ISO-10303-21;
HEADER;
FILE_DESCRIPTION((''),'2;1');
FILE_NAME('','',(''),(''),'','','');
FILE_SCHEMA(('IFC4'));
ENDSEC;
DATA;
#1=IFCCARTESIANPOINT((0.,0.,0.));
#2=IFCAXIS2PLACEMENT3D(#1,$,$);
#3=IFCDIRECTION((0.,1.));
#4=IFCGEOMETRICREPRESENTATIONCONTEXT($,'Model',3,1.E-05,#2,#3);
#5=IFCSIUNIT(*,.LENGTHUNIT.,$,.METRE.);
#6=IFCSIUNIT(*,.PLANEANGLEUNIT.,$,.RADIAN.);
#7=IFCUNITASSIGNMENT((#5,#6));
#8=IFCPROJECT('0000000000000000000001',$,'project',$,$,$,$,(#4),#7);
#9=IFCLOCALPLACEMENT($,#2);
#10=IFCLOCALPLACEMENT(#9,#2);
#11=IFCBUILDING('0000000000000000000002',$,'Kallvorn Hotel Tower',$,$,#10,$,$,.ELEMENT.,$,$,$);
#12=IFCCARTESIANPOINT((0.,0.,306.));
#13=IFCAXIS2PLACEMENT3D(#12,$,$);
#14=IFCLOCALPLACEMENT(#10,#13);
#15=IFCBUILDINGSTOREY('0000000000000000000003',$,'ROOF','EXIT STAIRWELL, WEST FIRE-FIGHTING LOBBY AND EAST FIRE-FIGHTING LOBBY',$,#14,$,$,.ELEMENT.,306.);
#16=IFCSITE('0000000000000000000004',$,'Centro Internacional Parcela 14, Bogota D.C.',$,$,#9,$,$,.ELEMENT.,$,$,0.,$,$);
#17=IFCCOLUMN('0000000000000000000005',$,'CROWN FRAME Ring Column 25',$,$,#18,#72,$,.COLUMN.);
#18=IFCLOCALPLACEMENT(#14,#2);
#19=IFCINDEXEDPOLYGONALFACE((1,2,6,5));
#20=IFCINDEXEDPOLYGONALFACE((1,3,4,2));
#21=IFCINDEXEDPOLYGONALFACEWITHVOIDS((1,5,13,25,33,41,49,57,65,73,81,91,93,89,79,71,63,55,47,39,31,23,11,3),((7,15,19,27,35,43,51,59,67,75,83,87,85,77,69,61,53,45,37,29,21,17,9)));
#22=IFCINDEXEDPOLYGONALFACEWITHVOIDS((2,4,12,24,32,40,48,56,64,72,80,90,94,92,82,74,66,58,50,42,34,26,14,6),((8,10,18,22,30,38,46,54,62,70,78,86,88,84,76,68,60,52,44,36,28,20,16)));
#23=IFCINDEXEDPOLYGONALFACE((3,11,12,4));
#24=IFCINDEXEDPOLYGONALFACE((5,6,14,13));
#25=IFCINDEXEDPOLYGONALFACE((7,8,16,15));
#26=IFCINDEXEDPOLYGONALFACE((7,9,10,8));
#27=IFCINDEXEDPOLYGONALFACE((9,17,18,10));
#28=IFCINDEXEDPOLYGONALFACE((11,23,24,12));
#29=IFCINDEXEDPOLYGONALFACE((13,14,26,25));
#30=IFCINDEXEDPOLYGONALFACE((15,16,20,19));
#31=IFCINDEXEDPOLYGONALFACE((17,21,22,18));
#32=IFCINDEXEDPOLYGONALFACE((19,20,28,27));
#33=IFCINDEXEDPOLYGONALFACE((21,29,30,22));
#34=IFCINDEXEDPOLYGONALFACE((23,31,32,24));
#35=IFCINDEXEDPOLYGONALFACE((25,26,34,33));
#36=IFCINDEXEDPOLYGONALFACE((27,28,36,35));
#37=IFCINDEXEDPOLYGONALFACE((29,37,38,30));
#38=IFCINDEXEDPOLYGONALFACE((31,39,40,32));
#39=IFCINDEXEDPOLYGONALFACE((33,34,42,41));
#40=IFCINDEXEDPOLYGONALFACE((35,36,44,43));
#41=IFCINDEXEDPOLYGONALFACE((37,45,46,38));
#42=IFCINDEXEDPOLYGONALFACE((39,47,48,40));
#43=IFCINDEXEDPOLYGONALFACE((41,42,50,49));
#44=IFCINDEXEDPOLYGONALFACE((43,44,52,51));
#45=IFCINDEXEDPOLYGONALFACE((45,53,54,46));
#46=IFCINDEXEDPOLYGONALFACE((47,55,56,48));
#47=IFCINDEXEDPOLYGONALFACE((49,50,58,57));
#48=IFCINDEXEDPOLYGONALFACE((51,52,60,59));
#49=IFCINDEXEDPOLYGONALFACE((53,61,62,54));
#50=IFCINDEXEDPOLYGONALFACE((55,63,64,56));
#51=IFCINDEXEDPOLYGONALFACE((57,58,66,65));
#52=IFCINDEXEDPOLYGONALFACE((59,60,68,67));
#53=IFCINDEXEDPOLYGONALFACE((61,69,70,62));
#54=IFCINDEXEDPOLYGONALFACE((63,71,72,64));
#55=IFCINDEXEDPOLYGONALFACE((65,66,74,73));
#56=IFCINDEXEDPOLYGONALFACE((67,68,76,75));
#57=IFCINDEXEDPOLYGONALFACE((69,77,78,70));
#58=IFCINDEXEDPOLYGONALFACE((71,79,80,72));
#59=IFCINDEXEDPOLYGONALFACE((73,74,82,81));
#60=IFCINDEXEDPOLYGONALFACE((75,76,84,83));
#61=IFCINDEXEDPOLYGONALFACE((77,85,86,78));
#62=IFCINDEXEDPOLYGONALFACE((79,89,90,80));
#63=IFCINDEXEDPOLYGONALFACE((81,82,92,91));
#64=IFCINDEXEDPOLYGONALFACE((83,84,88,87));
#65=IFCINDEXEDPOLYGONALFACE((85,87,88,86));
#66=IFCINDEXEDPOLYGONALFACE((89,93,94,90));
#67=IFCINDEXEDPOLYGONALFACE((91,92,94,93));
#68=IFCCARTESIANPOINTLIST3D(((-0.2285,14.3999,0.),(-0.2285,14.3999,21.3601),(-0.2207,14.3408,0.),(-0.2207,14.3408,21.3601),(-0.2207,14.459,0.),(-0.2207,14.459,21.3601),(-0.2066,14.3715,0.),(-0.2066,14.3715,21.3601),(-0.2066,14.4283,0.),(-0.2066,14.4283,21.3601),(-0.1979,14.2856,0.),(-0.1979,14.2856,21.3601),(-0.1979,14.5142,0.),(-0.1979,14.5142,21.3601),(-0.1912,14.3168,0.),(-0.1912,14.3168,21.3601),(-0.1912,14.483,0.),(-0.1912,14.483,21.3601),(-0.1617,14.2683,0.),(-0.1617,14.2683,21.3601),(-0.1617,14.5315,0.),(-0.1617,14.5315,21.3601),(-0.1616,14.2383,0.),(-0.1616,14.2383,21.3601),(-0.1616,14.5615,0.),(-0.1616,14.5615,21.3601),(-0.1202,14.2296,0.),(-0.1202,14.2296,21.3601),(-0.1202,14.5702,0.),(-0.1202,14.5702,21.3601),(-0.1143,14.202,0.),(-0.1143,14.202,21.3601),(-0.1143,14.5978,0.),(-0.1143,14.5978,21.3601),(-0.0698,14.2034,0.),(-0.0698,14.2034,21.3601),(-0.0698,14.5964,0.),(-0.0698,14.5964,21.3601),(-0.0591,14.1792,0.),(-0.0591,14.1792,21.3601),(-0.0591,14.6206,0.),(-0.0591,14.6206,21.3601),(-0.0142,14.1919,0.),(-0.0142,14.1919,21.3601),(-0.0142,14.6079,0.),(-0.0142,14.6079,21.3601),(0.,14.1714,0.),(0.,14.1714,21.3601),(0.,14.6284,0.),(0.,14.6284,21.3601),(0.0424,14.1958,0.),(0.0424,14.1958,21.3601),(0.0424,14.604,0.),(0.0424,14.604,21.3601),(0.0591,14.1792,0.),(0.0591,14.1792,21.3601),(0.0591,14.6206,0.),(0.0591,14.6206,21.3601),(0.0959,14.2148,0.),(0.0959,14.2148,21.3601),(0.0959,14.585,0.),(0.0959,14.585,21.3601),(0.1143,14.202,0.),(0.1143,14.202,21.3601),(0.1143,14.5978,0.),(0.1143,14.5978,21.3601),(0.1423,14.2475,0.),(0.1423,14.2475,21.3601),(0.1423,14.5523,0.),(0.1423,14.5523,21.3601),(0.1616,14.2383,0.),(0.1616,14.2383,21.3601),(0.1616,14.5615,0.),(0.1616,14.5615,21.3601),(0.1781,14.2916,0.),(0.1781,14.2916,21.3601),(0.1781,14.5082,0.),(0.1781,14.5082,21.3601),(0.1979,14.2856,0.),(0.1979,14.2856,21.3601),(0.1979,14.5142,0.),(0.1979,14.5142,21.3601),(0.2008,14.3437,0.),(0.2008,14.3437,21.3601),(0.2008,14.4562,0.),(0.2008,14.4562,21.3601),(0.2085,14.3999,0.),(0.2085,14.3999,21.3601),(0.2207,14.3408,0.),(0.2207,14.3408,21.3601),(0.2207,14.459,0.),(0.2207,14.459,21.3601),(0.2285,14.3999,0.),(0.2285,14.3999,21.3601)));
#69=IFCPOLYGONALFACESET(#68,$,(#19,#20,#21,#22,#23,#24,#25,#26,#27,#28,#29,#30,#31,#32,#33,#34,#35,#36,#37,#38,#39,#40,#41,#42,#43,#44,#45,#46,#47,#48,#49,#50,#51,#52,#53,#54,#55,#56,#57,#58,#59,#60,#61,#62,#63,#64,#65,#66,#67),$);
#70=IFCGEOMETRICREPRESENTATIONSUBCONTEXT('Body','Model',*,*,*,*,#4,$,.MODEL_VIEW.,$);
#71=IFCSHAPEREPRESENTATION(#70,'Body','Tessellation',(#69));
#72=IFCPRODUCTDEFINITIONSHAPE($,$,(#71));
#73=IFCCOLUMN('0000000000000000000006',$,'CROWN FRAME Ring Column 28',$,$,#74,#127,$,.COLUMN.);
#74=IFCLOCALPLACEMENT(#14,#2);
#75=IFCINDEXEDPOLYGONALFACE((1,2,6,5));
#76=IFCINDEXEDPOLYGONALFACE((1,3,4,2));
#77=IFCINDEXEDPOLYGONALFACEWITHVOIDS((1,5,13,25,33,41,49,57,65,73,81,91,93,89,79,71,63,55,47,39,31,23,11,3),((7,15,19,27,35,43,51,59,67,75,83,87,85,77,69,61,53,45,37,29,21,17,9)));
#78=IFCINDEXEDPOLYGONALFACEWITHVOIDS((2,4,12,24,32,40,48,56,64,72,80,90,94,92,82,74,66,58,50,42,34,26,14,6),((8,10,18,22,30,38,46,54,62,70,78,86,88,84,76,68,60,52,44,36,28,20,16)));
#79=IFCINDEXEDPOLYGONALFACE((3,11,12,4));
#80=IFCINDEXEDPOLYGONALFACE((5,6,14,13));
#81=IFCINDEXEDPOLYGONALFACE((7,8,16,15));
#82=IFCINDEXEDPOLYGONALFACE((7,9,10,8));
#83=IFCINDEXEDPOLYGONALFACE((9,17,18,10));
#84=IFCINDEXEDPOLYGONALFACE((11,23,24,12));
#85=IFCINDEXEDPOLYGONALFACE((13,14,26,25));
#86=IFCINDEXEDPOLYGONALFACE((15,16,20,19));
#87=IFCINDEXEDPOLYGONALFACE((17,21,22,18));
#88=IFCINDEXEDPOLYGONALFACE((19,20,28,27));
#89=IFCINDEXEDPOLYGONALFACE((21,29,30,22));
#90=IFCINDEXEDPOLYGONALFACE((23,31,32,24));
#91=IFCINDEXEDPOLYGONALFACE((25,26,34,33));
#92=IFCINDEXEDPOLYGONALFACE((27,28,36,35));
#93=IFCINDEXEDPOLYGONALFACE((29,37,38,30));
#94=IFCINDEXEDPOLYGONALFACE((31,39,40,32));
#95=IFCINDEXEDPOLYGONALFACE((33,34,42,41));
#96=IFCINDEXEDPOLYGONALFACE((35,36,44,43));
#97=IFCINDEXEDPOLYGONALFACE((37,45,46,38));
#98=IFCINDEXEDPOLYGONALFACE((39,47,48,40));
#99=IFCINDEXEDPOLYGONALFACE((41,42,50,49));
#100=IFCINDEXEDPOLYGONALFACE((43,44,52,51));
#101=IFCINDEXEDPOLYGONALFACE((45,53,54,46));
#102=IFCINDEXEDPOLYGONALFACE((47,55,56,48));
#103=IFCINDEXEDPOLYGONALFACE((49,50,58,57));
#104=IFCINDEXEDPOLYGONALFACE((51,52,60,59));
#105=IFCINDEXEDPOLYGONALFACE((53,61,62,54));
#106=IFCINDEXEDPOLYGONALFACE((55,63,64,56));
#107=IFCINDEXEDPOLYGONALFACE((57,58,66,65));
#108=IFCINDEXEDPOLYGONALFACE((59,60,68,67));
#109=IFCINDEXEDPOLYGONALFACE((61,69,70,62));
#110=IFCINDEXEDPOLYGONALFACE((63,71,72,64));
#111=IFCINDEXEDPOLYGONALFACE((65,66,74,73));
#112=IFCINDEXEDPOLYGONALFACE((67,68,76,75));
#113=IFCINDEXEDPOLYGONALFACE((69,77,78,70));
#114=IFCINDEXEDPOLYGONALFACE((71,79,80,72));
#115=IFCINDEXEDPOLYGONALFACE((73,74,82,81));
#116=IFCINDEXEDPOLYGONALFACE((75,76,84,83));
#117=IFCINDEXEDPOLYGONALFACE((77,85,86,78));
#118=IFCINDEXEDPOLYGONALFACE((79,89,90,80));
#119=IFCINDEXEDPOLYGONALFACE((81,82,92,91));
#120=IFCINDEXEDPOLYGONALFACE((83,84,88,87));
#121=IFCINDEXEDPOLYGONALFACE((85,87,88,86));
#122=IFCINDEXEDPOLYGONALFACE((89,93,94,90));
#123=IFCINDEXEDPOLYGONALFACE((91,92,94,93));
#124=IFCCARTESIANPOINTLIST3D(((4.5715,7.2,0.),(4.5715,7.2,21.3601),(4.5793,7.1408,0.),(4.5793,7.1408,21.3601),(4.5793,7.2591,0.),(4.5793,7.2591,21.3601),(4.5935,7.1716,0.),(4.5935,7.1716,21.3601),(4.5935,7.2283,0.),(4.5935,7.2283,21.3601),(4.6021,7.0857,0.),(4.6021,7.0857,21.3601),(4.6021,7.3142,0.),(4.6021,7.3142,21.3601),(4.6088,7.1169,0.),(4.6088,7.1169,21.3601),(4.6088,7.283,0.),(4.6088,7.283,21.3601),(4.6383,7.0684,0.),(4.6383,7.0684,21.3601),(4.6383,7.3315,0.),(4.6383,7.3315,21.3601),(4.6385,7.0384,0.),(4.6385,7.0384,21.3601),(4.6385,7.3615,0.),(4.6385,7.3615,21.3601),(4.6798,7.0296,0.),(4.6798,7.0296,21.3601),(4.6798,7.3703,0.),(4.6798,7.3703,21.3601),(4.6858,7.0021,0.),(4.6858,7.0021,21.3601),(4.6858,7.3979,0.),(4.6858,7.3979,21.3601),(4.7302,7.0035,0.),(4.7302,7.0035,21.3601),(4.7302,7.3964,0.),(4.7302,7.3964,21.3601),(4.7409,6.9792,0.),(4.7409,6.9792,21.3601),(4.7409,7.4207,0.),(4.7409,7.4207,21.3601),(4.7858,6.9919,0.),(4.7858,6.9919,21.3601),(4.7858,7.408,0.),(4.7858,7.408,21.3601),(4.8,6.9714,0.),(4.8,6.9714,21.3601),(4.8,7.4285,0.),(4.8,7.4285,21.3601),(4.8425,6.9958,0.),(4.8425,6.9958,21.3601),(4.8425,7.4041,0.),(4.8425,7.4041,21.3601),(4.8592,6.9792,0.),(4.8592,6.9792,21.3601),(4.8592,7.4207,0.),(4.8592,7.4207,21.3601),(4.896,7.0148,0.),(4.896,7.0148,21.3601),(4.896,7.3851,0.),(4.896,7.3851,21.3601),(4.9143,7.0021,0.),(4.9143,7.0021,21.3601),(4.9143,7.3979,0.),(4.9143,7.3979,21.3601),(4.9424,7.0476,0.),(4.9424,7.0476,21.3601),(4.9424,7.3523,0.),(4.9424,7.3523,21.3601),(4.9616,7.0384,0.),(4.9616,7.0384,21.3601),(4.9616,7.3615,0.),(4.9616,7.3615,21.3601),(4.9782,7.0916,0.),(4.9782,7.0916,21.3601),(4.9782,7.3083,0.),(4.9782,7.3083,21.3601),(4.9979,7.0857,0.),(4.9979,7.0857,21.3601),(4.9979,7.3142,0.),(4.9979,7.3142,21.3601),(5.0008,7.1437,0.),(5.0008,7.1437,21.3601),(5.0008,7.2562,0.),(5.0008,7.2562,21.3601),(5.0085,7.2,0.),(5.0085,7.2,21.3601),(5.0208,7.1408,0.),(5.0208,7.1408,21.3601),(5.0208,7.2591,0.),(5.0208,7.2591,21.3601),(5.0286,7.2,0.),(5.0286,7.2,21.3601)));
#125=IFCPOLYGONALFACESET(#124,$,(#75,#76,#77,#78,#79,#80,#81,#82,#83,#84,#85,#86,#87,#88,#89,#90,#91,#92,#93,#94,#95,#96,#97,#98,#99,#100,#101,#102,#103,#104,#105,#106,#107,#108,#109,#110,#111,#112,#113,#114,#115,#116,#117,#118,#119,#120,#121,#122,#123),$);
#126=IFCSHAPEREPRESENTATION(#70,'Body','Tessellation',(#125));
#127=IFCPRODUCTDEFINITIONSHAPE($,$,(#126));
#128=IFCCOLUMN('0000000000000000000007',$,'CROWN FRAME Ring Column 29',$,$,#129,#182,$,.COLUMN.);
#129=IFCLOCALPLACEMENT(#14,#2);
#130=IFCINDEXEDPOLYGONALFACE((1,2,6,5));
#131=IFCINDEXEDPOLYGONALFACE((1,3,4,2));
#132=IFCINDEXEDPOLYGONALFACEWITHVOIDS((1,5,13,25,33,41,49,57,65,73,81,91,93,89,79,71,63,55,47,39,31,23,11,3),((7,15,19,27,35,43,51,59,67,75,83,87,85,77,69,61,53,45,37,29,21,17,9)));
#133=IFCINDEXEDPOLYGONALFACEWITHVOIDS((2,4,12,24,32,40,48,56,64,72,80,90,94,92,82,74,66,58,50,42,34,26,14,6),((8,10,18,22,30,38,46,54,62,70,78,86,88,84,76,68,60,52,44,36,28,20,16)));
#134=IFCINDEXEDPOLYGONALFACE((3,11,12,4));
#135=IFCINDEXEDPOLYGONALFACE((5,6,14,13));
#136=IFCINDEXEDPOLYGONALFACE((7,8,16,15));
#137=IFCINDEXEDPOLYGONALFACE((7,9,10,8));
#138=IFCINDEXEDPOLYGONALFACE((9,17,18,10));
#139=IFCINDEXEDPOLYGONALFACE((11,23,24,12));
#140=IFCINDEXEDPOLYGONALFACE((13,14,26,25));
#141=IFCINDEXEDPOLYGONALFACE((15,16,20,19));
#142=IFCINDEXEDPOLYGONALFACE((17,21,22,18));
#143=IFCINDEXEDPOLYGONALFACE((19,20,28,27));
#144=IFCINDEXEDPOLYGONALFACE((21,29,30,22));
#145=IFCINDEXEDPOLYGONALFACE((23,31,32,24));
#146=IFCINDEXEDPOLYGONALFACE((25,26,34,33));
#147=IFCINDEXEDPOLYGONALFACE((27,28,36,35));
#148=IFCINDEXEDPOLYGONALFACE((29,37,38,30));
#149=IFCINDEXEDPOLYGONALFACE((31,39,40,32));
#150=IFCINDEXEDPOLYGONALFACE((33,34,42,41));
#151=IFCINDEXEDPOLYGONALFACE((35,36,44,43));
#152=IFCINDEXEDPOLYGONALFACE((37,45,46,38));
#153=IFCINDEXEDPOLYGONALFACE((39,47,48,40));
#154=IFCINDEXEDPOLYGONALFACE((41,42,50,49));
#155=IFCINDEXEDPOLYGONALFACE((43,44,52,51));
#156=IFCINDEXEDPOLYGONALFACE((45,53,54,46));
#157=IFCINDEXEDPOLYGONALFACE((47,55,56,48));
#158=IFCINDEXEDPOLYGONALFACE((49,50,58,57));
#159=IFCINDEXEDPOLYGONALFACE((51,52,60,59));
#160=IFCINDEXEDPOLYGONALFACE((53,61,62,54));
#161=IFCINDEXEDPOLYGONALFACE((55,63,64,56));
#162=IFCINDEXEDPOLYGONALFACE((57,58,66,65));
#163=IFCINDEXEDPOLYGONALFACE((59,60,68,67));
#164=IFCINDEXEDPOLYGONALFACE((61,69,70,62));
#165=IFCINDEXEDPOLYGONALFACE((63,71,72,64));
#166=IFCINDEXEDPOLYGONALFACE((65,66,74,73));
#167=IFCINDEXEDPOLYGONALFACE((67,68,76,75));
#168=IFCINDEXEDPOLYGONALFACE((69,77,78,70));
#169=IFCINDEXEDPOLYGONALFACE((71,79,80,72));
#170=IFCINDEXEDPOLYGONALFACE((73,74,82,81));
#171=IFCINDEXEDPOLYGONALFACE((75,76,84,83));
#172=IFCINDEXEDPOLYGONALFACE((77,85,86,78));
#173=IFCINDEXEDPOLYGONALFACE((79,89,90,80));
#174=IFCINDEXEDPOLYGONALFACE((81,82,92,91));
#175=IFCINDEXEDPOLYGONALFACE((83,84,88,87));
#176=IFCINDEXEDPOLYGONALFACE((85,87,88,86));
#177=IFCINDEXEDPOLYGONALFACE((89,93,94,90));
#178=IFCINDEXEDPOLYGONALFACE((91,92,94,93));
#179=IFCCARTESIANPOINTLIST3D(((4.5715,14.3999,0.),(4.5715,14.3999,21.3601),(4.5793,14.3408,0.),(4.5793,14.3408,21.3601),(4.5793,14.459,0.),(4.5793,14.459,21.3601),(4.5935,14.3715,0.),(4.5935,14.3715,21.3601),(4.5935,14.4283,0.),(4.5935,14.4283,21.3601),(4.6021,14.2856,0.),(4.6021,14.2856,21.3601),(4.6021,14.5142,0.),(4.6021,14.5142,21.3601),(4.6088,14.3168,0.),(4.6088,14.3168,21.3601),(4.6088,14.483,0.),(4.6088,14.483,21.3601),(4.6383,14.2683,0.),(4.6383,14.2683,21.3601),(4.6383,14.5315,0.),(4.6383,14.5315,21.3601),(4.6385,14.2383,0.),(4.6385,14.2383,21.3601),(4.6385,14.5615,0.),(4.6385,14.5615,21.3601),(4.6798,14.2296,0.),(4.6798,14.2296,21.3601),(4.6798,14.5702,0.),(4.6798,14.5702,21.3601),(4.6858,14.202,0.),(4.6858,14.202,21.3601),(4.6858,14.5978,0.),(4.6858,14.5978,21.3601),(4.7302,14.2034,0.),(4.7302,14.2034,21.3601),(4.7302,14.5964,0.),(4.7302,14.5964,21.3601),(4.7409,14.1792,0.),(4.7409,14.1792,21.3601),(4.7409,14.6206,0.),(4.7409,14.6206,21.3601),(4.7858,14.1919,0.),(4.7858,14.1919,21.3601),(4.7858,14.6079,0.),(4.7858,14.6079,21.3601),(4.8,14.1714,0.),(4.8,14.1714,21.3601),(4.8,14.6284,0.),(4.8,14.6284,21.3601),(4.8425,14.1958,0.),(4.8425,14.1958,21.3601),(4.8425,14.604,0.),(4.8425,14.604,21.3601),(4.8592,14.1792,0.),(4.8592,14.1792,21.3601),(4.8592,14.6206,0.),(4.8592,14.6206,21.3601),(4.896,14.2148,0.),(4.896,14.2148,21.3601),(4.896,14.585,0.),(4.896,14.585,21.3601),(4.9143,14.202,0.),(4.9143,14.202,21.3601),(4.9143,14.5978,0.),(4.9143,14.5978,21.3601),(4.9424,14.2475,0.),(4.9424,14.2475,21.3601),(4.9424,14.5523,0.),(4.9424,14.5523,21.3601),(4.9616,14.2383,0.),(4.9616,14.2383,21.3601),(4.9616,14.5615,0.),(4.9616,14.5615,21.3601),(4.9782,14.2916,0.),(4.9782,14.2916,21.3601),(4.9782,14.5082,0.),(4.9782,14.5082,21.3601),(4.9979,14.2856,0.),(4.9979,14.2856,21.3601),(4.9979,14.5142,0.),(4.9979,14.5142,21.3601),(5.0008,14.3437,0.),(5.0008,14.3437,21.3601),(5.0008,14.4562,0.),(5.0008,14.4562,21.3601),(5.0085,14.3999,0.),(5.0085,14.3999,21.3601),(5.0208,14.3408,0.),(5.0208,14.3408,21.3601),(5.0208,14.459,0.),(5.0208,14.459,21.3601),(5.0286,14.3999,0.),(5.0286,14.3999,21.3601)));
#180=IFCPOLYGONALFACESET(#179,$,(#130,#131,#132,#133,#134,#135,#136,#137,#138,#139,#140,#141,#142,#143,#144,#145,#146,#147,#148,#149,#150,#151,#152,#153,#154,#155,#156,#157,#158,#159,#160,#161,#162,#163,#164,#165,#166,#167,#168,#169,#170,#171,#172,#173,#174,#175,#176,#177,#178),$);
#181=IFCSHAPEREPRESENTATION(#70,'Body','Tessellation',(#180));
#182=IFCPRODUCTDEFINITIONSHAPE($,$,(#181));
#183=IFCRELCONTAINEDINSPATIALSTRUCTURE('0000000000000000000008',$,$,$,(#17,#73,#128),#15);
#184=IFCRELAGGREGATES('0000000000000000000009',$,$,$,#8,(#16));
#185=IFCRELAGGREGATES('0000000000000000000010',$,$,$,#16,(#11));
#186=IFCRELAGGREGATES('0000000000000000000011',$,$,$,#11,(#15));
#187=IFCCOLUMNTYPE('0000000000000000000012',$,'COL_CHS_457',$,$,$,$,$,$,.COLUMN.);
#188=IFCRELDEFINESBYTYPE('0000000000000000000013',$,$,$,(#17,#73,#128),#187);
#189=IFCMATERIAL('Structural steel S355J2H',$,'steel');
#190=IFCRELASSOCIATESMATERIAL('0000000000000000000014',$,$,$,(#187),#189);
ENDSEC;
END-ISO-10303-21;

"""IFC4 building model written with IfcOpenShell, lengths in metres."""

from ifc_helpers import new_model, si_unit, direction, frame, origin, origin_2d, place, context, subcontext, project, spatial, hollow_circle, extrude, material, material_profile, profile_set, type_object, element, save


model = new_model("IFC4")

# Units and contexts
model_context = context("Model", 3, precision=1e-05, world=origin(), true_north=direction((0.0, 1.0)))
body_context = subcontext(model_context, "Body", "Model", "MODEL_VIEW")
ifc_project = project(units=[si_unit("LENGTHUNIT", "METRE"), si_unit("PLANEANGLEUNIT", "RADIAN")], contexts=[model_context])

# Site, building, storey
site_placement = place(None, origin())
site = spatial("IfcSite", under=ifc_project, at=site_placement, Name="Centro Internacional Parcela 14, Bogota D.C.", CompositionType="ELEMENT", RefElevation=0.0)
building_placement = place(site_placement, origin())
building = spatial("IfcBuilding", under=site, at=building_placement, Name="Kallvorn Hotel Tower", CompositionType="ELEMENT")
storey_placement = place(building_placement, frame((0.0, 0.0, 306.0)))
storey = spatial("IfcBuildingStorey", under=building, at=storey_placement, Name="ROOF", Description="EXIT STAIRWELL, WEST FIRE-FIGHTING LOBBY AND EAST FIRE-FIGHTING LOBBY", CompositionType="ELEMENT", Elevation=306.0)

# Columns
ifc_material_1 = material(Name="Structural steel S355J2H", Category="steel")
ifc_material_profile = material_profile(ifc_material_1, hollow_circle(Radius=0.2285, WallThickness=0.02, at=origin_2d()), Name="CHS 457x20")
ifc_profile_set = profile_set([ifc_material_profile], Name="Structural steel S355J2H")
column_type = type_object("IfcColumnType", Name="COL_CHS_457", PredefinedType="COLUMN", material=ifc_profile_set)
for number, where, z_axis, x_axis, name in (
    (1, (0.0, 14.3999, 0.0), (0.0, 0.0, 1.0), (1.0, 0.0, 0.0), "CROWN FRAME Ring Column 25"),
    (2, (4.8, 7.2, 0.0), (0.0, 0.0, 1.0), (1.0, 0.0, 0.0), "CROWN FRAME Ring Column 28"),
    (3, (4.8, 14.3999, 0.0), (0.0, 0.0, 1.0), (1.0, 0.0, 0.0), "CROWN FRAME Ring Column 29"),
):
    element("IfcColumn", number, at=place(storey_placement, frame(where, z_axis=z_axis, x_axis=x_axis)), inside=storey, type_object=column_type, Name=name, PredefinedType="COLUMN", context=body_context, shape_type="SweptSolid", body=[
        extrude(hollow_circle(Radius=0.2285, WallThickness=0.02, at=origin_2d()), origin(), (0.0, 0.0, 1.0), 21.3601),
    ])

save(model, "model.ifc")
